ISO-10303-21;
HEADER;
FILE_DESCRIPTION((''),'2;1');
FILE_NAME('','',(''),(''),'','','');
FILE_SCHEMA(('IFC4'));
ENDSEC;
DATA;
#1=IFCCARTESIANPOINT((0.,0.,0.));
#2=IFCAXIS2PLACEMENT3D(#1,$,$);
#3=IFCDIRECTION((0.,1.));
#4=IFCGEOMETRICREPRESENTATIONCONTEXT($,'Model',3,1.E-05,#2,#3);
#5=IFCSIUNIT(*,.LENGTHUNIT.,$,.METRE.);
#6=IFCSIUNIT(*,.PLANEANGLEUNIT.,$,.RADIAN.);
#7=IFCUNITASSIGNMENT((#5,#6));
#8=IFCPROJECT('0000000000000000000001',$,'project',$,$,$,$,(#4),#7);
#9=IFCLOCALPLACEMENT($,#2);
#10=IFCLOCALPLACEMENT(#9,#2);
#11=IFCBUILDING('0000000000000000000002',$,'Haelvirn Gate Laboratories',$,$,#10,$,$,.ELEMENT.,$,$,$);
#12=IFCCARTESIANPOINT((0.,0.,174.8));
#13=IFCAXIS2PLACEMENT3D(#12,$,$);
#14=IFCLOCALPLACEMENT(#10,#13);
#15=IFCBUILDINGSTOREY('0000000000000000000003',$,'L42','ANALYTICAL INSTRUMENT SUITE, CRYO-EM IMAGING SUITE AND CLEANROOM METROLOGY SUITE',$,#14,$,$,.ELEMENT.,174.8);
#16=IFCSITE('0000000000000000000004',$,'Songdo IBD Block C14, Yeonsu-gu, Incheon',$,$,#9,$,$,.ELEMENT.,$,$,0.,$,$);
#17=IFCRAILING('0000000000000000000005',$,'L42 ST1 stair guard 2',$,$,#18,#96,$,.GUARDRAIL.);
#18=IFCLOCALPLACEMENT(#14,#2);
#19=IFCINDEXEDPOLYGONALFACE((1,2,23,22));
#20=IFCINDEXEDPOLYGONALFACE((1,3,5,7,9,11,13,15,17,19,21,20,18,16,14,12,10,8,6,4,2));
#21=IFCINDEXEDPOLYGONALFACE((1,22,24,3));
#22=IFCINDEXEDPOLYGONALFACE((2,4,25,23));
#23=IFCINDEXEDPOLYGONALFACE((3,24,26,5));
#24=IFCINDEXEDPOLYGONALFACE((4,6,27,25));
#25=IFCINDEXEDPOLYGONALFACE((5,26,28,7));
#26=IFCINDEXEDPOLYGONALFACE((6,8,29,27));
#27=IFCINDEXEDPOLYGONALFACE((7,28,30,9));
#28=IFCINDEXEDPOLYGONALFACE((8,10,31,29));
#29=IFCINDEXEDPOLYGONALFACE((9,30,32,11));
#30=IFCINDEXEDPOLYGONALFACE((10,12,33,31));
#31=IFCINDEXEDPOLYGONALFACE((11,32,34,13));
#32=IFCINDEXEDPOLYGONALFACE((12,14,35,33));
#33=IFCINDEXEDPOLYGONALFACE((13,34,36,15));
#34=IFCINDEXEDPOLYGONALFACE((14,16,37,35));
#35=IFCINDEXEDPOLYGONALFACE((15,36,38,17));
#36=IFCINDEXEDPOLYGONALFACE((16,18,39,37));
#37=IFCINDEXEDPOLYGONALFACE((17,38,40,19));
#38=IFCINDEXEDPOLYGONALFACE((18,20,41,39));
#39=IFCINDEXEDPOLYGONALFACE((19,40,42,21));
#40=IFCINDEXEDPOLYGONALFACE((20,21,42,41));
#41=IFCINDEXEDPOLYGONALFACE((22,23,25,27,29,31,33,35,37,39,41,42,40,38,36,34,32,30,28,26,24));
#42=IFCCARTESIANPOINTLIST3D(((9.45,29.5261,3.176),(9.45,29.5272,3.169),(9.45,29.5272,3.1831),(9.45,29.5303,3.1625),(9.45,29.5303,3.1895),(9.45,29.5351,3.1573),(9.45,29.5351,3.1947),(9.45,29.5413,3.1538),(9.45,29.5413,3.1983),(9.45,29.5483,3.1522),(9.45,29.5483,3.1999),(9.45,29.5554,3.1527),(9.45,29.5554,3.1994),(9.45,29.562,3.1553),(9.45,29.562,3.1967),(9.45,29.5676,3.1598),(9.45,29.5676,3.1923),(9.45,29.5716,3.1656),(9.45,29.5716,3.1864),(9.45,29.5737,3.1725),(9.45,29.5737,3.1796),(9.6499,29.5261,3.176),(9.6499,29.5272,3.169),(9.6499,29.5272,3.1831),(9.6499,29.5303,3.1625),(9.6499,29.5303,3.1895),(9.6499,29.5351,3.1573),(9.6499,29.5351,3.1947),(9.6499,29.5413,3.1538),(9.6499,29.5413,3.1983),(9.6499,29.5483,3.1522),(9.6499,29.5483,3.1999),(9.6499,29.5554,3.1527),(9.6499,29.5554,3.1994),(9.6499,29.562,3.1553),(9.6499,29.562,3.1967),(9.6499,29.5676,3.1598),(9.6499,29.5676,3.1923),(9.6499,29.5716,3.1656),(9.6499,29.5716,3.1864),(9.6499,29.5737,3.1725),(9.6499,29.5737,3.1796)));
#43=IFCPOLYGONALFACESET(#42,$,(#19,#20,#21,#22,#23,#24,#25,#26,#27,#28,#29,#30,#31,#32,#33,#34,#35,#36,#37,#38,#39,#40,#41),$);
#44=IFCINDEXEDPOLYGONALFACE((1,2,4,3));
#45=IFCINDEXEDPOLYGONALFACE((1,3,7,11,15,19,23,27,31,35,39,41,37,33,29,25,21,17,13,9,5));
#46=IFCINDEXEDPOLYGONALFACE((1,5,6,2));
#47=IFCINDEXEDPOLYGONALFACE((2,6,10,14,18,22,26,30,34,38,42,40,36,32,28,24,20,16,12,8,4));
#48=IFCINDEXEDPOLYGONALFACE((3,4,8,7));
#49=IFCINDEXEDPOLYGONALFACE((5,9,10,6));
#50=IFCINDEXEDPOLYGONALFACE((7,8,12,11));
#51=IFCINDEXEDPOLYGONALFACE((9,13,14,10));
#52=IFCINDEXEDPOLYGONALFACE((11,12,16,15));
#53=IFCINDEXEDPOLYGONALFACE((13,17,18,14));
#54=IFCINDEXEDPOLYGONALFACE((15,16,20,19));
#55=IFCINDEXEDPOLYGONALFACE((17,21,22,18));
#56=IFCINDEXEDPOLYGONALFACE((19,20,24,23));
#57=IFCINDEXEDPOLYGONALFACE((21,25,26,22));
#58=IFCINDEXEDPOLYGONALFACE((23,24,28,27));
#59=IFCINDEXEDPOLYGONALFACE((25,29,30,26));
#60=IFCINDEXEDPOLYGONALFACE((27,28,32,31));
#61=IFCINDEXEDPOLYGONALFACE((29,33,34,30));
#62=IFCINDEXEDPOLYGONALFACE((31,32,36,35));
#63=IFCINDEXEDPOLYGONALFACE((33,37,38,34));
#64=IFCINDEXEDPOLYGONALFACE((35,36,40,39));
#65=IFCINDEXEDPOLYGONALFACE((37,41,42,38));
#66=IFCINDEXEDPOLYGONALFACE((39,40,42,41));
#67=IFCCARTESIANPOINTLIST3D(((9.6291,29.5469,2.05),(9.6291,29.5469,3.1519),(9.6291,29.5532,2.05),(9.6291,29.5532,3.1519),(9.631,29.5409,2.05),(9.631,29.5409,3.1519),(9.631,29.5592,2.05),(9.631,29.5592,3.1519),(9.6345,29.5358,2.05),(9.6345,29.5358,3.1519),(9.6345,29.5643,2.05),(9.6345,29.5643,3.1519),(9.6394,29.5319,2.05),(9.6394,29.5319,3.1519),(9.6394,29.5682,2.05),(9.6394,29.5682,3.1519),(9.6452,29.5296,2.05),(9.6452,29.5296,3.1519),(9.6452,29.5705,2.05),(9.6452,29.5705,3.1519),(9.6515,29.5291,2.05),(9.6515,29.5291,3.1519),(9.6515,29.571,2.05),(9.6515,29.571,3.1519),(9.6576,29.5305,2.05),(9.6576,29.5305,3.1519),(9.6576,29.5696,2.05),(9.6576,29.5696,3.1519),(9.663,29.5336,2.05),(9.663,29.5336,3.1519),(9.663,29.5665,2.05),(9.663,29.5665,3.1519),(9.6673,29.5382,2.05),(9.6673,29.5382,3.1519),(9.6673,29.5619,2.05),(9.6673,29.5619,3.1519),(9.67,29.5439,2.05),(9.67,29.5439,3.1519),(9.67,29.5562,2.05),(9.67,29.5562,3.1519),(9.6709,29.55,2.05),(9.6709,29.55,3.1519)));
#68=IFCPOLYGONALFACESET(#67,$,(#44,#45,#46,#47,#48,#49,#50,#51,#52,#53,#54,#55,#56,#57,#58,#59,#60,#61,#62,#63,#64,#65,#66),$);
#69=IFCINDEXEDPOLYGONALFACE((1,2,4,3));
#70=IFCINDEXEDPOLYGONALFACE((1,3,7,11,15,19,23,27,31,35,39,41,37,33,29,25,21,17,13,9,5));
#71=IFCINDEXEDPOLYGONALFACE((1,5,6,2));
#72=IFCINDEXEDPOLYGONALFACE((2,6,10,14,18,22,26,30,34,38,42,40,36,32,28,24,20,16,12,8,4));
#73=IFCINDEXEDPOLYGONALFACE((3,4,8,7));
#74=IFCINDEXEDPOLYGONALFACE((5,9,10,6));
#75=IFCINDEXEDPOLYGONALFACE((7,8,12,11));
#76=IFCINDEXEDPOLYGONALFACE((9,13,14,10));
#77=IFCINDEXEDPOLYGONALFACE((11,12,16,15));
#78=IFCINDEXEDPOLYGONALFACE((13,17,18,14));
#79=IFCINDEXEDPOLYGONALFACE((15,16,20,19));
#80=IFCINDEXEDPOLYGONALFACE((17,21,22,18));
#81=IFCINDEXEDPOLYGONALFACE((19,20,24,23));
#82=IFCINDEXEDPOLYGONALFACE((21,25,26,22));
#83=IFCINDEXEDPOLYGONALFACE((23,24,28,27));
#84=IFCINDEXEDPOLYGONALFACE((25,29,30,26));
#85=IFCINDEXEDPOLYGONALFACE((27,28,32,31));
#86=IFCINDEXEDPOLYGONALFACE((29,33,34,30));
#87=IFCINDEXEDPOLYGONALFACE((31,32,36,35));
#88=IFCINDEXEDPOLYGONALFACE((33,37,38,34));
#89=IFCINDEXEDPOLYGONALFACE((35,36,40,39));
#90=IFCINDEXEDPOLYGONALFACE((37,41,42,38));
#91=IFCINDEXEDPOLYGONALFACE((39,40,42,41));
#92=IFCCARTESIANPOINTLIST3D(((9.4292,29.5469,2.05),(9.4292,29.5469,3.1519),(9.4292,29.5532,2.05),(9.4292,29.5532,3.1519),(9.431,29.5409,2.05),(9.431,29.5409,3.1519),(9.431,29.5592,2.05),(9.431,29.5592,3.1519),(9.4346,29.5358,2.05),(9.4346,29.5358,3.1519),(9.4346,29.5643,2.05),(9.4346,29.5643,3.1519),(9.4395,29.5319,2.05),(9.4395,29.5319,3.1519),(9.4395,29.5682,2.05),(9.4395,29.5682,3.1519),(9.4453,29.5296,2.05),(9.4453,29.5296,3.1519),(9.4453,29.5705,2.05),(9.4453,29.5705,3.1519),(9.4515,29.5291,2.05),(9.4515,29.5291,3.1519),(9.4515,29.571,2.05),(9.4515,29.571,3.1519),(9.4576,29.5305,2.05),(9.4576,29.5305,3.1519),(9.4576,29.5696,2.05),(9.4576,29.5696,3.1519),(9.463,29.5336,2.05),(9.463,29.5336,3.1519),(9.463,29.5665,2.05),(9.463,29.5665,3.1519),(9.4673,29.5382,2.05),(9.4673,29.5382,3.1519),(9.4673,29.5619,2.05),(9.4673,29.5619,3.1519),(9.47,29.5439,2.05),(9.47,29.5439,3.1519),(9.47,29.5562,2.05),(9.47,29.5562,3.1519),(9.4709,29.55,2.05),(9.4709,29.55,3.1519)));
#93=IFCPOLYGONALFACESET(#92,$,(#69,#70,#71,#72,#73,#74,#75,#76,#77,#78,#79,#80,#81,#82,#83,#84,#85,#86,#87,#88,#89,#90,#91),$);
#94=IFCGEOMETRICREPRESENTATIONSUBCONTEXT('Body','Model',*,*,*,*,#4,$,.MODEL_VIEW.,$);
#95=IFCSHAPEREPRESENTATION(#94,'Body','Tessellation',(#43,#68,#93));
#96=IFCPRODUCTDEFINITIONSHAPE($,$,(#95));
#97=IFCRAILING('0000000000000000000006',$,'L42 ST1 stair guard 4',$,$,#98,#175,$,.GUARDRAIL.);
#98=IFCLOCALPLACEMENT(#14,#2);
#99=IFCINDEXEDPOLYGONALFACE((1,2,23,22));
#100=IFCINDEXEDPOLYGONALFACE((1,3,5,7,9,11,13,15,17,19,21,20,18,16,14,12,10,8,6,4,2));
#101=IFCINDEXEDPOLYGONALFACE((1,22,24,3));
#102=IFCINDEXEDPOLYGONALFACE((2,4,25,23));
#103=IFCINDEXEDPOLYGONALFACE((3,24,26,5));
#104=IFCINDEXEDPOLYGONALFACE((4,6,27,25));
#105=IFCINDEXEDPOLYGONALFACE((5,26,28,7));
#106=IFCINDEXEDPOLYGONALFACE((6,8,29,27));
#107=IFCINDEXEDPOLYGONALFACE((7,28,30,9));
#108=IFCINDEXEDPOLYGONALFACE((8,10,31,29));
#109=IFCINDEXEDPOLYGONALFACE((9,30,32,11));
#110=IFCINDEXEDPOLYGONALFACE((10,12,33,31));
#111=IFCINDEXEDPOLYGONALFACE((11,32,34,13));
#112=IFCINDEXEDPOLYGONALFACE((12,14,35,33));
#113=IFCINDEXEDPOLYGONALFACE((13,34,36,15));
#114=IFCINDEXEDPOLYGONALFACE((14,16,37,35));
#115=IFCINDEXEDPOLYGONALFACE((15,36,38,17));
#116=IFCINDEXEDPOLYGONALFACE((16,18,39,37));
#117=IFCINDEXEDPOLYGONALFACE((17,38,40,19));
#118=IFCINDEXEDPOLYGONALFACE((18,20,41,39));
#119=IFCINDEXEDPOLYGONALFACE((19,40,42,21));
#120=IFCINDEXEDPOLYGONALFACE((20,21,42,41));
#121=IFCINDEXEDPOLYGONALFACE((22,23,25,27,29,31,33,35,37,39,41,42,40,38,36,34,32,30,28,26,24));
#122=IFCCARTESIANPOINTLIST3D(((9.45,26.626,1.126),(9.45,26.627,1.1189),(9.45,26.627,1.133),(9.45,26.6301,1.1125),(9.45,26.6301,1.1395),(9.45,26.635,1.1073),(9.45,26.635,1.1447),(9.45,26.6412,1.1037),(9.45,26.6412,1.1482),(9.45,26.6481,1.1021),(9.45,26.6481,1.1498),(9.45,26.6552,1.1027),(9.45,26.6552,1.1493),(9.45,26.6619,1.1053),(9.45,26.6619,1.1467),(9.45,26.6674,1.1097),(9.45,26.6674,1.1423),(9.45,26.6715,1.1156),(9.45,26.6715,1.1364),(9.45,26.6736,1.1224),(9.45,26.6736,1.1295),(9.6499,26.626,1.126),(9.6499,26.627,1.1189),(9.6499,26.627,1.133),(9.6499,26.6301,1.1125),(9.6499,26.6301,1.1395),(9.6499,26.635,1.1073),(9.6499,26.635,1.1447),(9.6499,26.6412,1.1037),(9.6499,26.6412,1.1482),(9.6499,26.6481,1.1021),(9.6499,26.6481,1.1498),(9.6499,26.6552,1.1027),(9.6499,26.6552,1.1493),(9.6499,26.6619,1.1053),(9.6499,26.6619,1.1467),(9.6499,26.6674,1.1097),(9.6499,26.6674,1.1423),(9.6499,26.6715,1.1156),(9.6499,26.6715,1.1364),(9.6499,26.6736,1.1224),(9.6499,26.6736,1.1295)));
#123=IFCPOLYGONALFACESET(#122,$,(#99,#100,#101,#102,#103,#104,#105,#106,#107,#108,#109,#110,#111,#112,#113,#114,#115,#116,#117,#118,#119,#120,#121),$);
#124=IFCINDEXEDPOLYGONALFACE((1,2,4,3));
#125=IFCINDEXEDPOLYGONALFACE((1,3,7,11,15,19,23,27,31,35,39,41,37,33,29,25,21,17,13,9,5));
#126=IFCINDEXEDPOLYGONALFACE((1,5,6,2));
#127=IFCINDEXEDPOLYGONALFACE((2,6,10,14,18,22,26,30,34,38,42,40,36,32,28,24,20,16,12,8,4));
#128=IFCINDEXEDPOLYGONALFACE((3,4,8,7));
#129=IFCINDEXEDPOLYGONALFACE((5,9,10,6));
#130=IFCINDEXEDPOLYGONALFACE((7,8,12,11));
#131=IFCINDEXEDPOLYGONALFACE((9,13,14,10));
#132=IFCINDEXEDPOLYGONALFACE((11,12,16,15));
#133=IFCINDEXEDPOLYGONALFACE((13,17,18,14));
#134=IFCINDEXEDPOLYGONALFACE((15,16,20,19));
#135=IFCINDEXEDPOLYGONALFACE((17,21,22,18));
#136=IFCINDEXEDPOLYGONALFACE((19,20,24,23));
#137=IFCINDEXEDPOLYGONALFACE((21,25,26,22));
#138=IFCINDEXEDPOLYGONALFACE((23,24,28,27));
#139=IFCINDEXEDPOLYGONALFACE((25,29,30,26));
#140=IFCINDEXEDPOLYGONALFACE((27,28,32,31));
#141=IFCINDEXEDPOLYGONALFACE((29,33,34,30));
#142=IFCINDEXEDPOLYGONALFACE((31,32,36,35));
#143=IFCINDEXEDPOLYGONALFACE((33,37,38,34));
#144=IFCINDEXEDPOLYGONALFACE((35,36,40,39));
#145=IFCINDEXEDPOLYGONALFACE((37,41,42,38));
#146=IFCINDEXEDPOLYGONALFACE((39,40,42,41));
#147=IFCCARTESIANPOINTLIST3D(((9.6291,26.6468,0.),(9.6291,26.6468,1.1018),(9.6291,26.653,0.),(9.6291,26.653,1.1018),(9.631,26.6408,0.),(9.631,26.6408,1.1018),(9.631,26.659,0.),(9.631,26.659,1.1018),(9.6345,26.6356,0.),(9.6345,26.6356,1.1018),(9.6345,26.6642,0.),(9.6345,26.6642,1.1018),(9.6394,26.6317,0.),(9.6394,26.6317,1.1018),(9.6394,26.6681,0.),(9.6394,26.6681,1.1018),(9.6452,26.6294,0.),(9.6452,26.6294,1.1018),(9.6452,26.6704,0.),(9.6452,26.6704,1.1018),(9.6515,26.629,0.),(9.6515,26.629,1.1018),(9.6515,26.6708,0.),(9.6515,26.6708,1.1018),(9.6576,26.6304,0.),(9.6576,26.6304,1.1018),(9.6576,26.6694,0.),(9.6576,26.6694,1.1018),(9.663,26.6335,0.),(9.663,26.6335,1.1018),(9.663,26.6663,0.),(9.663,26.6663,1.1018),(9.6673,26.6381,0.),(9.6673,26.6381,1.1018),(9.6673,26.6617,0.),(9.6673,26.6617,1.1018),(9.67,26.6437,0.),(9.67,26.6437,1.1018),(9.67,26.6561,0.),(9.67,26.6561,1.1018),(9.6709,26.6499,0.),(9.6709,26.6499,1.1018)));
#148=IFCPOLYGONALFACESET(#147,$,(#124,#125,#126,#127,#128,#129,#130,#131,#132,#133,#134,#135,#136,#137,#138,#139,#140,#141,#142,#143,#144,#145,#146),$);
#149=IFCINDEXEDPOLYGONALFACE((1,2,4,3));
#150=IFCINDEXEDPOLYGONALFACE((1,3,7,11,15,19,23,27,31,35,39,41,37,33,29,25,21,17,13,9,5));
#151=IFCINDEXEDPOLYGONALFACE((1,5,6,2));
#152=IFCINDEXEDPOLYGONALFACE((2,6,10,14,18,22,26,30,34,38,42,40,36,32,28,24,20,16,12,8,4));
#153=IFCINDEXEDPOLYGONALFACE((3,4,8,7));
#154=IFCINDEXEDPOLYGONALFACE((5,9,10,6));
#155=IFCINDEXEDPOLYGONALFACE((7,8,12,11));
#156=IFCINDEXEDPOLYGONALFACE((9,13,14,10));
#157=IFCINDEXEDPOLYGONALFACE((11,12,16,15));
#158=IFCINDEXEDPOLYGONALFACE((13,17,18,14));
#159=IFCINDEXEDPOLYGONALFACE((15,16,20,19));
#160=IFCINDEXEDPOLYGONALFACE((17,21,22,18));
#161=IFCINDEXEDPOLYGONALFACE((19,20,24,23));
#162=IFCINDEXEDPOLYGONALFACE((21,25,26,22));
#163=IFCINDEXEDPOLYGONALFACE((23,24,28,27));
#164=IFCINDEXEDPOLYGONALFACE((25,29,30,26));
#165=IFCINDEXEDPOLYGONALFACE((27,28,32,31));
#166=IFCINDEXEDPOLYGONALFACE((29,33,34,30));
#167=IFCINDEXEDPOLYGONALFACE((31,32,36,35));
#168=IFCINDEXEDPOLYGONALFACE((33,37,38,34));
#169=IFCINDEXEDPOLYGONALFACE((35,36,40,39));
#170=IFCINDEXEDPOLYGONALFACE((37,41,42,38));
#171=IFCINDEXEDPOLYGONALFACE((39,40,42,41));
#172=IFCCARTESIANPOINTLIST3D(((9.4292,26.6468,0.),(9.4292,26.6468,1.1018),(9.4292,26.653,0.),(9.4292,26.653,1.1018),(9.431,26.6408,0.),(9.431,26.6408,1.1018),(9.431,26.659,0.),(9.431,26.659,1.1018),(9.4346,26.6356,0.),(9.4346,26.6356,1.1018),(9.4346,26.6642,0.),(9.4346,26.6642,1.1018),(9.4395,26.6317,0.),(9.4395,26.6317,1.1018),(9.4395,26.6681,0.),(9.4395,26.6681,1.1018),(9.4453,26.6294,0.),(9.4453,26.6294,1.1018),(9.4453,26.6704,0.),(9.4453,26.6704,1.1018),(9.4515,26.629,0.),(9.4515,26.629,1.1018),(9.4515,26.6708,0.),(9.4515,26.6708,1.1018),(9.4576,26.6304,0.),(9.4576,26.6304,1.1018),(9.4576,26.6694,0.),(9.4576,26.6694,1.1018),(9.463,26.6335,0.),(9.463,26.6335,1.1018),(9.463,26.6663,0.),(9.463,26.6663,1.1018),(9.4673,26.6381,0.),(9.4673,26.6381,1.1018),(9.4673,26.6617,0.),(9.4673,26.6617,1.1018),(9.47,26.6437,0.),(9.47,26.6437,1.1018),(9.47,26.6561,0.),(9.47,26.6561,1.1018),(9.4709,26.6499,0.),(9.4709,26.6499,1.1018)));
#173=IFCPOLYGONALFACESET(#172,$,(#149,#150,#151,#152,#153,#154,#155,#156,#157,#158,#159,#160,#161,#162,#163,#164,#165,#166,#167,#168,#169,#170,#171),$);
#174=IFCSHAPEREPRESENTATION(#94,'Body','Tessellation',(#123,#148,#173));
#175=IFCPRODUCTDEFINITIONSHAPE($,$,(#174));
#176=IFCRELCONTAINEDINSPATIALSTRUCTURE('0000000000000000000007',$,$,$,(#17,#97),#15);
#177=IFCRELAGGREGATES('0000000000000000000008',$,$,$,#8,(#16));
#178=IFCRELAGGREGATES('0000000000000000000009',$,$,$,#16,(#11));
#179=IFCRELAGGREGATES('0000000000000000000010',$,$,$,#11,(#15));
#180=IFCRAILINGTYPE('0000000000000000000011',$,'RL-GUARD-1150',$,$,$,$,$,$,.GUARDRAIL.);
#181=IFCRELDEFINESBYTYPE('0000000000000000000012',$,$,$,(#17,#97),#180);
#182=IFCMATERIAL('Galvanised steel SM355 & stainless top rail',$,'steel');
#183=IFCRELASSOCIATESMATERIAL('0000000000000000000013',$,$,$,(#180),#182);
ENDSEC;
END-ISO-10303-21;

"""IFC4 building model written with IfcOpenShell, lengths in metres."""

from ifc_helpers import new_model, si_unit, direction, frame, origin, origin_2d, place, context, subcontext, project, spatial, circle, extrude, source, transform, mapped, material, type_object, element, save


model = new_model("IFC4")

# Units and contexts
model_context = context("Model", 3, precision=1e-05, world=origin(), true_north=direction((0.0, 1.0)))
body_context = subcontext(model_context, "Body", "Model", "MODEL_VIEW")
ifc_project = project(units=[si_unit("LENGTHUNIT", "METRE"), si_unit("PLANEANGLEUNIT", "RADIAN")], contexts=[model_context])

# Site, building, storey
site_placement = place(None, origin())
site = spatial("IfcSite", under=ifc_project, at=site_placement, Name="Songdo IBD Block C14, Yeonsu-gu, Incheon", CompositionType="ELEMENT", RefElevation=0.0)
building_placement = place(site_placement, origin())
building = spatial("IfcBuilding", under=site, at=building_placement, Name="Haelvirn Gate Laboratories", CompositionType="ELEMENT")
storey_placement = place(building_placement, frame((0.0, 0.0, 174.8)))
storey = spatial("IfcBuildingStorey", under=building, at=storey_placement, Name="L42", Description="ANALYTICAL INSTRUMENT SUITE, CRYO-EM IMAGING SUITE AND CLEANROOM METROLOGY SUITE", CompositionType="ELEMENT", Elevation=174.8)

# Railings
ifc_material_1 = material(Name="Galvanised steel SM355 & stainless top rail", Category="steel")
railing_type_1 = type_object("IfcRailingType", Name="RL-GUARD-1150", PredefinedType="GUARDRAIL", material=ifc_material_1)
shared_shape_1 = source(origin(), body_context, "Body", "SweptSolid", [
    extrude(circle(Radius=0.0239, at=origin_2d()), frame((0.0, 0.0, 1.126), z_axis=(-1.0, 0.0, 0.0), x_axis=(0.0, -1.0, 0.0)), (0.0, 0.0, 1.0), 0.2),
    extrude(circle(Radius=0.021, at=origin_2d()), origin(), (0.0, 0.0, 1.0), 1.1018),
    extrude(circle(Radius=0.021, at=origin_2d()), frame((-0.2, 0.0, 0.0)), (0.0, 0.0, 1.0), 1.1018),
])
for number, where, name in (
    (1, (9.6499, 29.55, 2.05), "L42 ST1 stair guard 2"),
    (2, (9.6499, 26.6499, 0.0), "L42 ST1 stair guard 4"),
):
    element("IfcRailing", number, at=place(storey_placement, frame(where)), inside=storey, type_object=railing_type_1, Name=name, PredefinedType="GUARDRAIL", context=body_context, shape_type="MappedRepresentation", body=[
        mapped(shared_shape_1, transform((0.0, 0.0, 0.0), scale=1.0)),
    ])

save(model, "model.ifc")
